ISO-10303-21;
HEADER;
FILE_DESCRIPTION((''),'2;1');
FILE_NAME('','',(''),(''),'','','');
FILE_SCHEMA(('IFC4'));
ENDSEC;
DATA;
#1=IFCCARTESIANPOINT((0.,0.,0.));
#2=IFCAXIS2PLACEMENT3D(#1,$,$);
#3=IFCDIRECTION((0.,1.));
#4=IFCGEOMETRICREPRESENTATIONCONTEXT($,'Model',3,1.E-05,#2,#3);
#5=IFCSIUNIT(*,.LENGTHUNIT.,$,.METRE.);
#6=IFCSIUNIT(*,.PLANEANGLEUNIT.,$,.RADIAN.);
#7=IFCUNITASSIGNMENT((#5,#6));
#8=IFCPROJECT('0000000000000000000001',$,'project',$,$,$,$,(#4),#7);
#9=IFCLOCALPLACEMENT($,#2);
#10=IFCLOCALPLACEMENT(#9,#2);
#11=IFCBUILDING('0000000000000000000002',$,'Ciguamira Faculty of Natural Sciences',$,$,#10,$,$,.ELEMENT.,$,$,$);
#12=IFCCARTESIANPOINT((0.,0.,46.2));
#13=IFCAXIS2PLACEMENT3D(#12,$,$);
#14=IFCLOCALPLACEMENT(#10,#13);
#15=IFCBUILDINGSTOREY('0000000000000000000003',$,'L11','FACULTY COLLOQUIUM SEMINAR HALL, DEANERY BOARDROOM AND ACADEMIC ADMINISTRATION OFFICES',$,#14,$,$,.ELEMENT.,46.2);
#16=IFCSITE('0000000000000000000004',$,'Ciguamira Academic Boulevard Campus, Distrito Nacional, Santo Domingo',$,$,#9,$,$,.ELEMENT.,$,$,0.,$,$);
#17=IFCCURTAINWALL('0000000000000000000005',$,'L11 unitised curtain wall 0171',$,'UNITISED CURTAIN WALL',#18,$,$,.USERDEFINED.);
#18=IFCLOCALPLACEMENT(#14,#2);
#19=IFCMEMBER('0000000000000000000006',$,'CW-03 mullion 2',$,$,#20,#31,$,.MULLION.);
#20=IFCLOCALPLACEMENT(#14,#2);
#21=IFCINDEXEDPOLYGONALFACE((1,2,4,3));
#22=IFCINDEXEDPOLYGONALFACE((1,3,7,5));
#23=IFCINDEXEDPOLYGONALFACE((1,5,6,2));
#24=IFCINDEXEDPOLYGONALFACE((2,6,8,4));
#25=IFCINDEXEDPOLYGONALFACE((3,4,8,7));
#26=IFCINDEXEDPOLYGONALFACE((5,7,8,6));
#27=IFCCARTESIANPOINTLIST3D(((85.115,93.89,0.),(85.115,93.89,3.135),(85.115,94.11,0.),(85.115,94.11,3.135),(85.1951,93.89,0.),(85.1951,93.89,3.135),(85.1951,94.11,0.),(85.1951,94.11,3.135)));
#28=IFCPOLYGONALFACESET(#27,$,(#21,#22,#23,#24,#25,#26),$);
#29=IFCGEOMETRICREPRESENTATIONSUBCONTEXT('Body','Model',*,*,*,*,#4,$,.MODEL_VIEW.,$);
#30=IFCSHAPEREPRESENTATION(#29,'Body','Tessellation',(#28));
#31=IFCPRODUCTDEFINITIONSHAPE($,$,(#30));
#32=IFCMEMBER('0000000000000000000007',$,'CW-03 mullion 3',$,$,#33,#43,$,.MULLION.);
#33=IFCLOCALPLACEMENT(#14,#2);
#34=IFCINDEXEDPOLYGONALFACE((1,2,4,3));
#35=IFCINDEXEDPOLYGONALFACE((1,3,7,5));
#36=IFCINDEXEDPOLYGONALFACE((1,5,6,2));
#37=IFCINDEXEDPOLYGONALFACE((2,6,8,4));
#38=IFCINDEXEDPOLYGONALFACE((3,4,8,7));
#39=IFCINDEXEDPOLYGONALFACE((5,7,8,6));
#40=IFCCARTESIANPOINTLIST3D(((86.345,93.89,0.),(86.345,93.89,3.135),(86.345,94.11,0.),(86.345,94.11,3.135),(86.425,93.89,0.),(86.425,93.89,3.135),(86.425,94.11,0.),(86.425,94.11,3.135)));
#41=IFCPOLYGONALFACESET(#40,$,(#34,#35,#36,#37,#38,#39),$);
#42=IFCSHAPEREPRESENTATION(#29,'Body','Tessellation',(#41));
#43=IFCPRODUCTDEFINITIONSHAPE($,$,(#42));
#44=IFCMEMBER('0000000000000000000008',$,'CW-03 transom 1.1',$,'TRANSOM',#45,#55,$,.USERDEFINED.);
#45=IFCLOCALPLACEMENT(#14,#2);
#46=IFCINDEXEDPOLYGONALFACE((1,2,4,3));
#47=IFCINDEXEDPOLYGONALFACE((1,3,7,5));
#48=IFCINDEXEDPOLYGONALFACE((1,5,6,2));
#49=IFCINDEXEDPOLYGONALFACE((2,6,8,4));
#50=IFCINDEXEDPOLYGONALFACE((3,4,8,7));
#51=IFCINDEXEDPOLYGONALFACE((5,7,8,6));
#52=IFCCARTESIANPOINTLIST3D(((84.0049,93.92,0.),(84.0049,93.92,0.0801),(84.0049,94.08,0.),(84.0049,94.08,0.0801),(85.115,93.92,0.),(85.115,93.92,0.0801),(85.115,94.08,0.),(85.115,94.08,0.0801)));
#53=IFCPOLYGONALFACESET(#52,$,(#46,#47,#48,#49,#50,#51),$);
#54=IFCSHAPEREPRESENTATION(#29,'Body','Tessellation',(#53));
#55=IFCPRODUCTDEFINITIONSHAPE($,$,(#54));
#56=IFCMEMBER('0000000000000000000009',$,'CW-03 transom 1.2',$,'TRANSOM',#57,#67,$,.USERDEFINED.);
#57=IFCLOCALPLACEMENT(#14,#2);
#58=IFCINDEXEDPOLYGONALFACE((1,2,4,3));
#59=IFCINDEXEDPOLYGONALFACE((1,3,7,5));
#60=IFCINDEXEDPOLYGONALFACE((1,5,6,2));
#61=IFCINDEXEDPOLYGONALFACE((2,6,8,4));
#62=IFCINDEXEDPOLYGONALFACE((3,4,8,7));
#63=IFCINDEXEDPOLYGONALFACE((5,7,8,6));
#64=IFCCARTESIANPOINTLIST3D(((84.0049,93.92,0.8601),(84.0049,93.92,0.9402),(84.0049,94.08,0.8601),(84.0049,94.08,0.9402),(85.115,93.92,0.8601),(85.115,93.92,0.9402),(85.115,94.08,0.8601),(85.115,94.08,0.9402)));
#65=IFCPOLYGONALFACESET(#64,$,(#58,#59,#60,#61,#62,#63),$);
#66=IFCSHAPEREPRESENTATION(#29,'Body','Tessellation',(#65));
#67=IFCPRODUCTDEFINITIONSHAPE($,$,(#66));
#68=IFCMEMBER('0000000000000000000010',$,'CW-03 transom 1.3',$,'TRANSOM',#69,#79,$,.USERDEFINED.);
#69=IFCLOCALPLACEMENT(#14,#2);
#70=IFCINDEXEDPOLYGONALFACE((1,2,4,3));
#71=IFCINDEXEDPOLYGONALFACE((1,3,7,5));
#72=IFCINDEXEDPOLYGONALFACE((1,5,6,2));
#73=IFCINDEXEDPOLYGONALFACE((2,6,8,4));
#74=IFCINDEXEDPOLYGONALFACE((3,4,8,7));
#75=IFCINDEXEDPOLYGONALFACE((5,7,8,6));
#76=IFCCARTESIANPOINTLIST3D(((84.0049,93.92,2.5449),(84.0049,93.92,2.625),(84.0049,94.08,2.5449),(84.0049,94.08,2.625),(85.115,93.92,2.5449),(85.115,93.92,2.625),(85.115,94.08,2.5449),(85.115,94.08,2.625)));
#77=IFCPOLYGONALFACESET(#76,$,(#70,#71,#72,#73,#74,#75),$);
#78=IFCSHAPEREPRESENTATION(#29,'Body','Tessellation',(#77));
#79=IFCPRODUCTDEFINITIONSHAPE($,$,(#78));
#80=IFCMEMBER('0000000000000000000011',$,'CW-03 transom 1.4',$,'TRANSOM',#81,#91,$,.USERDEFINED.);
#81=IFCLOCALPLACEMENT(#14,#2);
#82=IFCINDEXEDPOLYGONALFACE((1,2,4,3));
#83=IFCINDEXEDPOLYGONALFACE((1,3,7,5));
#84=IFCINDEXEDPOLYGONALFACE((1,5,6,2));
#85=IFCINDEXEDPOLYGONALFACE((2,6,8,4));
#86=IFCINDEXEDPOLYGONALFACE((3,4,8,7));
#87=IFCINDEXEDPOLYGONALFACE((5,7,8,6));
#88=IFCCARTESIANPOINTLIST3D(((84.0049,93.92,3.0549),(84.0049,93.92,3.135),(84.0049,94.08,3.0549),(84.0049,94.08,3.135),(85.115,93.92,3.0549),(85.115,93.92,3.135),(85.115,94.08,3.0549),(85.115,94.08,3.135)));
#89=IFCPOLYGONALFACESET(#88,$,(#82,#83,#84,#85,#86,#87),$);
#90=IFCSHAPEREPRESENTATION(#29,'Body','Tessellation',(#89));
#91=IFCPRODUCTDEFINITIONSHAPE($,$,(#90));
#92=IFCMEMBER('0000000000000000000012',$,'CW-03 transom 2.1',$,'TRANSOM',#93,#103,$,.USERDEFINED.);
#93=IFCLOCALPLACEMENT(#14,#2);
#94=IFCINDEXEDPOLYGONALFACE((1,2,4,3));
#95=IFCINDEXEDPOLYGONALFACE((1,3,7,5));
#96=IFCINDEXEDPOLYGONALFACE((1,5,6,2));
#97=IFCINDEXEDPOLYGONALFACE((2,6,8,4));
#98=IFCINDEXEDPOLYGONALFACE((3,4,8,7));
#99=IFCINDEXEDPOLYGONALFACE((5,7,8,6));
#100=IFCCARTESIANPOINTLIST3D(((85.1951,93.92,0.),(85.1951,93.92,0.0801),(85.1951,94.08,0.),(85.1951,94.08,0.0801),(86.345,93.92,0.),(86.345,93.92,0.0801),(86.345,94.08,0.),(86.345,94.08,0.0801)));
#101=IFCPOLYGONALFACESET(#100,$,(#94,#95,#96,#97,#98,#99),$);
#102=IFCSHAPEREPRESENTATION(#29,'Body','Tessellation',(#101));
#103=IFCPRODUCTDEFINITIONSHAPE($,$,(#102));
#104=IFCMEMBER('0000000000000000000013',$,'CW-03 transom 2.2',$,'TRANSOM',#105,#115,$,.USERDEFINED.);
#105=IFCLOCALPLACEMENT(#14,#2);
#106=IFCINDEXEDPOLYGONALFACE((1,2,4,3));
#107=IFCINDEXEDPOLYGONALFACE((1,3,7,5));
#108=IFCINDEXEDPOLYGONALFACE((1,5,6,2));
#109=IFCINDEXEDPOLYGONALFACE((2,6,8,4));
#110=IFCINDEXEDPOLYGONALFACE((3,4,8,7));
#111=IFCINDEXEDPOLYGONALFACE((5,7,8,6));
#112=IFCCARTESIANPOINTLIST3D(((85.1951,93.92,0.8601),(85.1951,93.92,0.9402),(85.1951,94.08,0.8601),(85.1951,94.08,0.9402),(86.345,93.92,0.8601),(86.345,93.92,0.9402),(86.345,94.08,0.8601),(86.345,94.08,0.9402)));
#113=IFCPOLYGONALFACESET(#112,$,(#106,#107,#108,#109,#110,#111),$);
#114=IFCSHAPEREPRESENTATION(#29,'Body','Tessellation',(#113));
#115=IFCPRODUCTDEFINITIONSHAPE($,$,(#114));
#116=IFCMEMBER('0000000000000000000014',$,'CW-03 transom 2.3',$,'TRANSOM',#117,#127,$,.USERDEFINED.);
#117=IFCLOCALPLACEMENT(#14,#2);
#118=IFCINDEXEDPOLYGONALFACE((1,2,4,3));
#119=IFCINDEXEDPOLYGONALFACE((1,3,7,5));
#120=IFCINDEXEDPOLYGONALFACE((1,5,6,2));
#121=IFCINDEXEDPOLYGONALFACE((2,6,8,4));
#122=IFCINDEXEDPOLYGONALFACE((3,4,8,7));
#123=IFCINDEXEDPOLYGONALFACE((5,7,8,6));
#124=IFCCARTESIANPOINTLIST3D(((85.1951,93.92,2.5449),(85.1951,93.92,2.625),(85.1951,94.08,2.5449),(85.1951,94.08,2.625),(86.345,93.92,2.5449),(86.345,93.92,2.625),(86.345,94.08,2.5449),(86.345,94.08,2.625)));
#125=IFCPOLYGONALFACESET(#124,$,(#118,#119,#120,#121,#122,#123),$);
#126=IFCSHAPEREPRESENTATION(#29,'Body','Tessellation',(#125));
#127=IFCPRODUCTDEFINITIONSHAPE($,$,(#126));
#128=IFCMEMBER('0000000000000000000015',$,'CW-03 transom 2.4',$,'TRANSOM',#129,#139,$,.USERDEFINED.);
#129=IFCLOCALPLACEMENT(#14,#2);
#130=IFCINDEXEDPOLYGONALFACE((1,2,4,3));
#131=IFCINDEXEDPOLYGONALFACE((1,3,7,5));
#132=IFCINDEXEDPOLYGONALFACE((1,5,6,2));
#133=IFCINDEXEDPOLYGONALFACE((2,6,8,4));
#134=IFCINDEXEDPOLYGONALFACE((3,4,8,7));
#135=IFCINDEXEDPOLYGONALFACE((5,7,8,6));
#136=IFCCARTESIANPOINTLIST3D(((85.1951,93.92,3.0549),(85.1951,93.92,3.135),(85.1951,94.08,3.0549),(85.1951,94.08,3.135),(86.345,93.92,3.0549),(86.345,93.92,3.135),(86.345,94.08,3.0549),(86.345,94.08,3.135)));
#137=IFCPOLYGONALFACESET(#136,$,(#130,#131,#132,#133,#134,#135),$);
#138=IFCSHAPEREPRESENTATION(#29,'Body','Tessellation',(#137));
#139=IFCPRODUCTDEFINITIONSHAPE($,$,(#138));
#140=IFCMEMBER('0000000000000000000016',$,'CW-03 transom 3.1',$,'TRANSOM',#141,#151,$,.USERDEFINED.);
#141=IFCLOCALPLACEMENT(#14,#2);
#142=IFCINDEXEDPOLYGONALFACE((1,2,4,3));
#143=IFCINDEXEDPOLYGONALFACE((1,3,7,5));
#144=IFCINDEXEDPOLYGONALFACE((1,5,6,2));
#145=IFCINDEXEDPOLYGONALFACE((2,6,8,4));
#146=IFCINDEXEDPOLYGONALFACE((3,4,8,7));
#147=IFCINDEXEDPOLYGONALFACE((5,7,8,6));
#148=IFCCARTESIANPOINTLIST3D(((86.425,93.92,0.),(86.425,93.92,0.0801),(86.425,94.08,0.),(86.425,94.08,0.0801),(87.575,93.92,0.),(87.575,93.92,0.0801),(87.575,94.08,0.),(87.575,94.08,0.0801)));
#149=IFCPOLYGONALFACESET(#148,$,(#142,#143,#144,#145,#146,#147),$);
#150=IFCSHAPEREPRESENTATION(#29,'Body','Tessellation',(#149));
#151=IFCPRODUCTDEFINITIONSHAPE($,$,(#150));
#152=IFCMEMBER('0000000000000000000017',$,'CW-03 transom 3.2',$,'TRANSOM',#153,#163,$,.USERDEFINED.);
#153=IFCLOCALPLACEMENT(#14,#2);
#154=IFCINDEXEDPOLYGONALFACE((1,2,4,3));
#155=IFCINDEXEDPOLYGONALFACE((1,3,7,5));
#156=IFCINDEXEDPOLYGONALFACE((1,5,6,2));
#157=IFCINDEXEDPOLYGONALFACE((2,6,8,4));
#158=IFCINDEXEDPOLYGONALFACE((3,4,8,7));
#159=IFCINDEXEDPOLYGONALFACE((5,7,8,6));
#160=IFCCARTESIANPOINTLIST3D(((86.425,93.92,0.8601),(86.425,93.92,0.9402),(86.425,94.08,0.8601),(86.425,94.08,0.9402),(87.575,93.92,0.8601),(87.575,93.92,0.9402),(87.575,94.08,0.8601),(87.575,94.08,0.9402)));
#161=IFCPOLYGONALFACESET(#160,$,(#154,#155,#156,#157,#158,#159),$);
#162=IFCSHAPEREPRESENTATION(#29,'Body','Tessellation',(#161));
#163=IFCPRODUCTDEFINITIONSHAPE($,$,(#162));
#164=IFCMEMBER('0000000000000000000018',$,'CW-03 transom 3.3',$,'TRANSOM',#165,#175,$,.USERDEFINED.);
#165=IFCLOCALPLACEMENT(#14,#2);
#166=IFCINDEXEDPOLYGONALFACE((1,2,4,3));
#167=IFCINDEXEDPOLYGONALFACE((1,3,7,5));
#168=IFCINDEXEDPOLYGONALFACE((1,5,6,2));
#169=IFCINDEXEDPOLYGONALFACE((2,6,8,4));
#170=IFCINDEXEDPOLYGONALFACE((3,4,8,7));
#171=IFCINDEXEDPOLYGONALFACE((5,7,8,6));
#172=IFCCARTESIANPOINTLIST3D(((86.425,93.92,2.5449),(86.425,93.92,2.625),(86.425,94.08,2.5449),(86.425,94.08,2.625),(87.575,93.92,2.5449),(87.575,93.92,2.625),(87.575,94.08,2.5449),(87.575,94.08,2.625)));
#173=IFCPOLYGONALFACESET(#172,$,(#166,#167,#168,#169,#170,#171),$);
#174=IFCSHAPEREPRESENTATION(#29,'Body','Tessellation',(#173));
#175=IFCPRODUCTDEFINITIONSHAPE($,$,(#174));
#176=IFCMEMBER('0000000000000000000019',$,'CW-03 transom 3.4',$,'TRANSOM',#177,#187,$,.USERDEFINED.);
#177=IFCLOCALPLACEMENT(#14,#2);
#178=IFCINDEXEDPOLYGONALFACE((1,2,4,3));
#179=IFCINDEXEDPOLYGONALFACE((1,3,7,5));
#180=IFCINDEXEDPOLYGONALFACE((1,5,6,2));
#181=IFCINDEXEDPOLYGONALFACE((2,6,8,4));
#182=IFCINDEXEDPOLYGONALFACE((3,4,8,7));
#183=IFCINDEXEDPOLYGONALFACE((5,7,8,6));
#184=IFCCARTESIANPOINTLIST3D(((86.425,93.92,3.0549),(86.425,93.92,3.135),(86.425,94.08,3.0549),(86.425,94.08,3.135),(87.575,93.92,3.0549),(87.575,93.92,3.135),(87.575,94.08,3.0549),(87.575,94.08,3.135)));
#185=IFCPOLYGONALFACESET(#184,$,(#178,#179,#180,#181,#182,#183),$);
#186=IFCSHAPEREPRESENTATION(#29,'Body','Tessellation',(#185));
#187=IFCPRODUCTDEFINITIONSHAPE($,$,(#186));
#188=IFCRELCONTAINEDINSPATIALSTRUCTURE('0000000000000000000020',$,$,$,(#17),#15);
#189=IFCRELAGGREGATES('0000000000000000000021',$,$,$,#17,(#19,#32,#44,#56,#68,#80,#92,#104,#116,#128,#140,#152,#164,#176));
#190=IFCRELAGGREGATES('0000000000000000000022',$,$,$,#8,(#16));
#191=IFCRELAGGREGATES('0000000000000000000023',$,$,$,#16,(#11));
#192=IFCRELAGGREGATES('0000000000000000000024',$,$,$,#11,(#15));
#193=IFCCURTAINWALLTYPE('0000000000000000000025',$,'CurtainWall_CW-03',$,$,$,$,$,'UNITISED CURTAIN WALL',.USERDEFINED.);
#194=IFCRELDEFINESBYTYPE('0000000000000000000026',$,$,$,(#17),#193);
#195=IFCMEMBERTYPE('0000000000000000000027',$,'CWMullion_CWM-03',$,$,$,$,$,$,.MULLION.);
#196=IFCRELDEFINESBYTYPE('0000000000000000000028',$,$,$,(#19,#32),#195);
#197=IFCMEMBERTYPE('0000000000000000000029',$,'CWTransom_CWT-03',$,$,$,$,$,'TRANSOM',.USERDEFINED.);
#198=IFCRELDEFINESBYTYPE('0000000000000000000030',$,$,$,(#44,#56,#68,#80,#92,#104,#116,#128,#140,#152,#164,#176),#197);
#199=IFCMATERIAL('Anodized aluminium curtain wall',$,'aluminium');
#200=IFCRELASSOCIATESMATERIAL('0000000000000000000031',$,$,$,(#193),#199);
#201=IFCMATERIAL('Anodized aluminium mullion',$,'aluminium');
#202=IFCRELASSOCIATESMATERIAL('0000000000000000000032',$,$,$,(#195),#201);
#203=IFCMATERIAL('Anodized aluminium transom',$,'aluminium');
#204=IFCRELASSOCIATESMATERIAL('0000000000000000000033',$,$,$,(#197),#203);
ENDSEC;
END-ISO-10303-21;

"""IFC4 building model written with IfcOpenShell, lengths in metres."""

from ifc_helpers import new_model, si_unit, direction, frame, origin, origin_2d, place, context, subcontext, project, spatial, rectangle, extrude, material, material_profile, profile_set, type_object, element, aggregate, save


model = new_model("IFC4")

# Units and contexts
model_context = context("Model", 3, precision=1e-05, world=origin(), true_north=direction((0.0, 1.0)))
body_context = subcontext(model_context, "Body", "Model", "MODEL_VIEW")
ifc_project = project(units=[si_unit("LENGTHUNIT", "METRE"), si_unit("PLANEANGLEUNIT", "RADIAN")], contexts=[model_context])

# Site, building, storey
site_placement = place(None, origin())
site = spatial("IfcSite", under=ifc_project, at=site_placement, Name="Ciguamira Academic Boulevard Campus, Distrito Nacional, Santo Domingo", CompositionType="ELEMENT", RefElevation=0.0)
building_placement = place(site_placement, origin())
building = spatial("IfcBuilding", under=site, at=building_placement, Name="Ciguamira Faculty of Natural Sciences", CompositionType="ELEMENT")
storey_placement = place(building_placement, frame((0.0, 0.0, 46.2)))
storey = spatial("IfcBuildingStorey", under=building, at=storey_placement, Name="L11", Description="FACULTY COLLOQUIUM SEMINAR HALL, DEANERY BOARDROOM AND ACADEMIC ADMINISTRATION OFFICES", CompositionType="ELEMENT", Elevation=46.2)

# Curtain wall, members
ifc_material_1 = material(Name="Anodized aluminium curtain wall", Category="aluminium")
curtain_wall_type = type_object("IfcCurtainWallType", Name="CurtainWall_CW-03", ElementType="UNITISED CURTAIN WALL", PredefinedType="USERDEFINED", material=ifc_material_1)
curtain_wall_placement = place(storey_placement, origin())
curtain_wall = element("IfcCurtainWall", 1, at=curtain_wall_placement, inside=storey, type_object=curtain_wall_type, Name="L11 unitised curtain wall 0171", ObjectType="UNITISED CURTAIN WALL", PredefinedType="USERDEFINED")
ifc_material_2 = material(Name="Anodized aluminium mullion", Category="aluminium")
ifc_material_profile_1 = material_profile(ifc_material_2, rectangle(XDim=0.0801, YDim=0.22, at=origin_2d()), Name="ALU-MUL-80X220")
ifc_profile_set_1 = profile_set([ifc_material_profile_1], Name="Anodized aluminium mullion")
member_type_1 = type_object("IfcMemberType", Name="CWMullion_CWM-03", PredefinedType="MULLION", material=ifc_profile_set_1)
member_1_placement = place(storey_placement, frame((85.155, 94.0, 0.0), z_axis=(0.0, 0.0, 1.0), x_axis=(1.0, 0.0, 0.0)))
member_1 = element("IfcMember", 2, at=member_1_placement, type_object=member_type_1, Name="CW-03 mullion 2", PredefinedType="MULLION", context=body_context, shape_type="SweptSolid", body=[
    extrude(rectangle(XDim=0.0801, YDim=0.22, at=origin_2d()), origin(), (0.0, 0.0, 1.0), 3.135),
])
member_2_placement = place(storey_placement, frame((86.385, 94.0, 0.0), z_axis=(0.0, 0.0, 1.0), x_axis=(1.0, 0.0, 0.0)))
member_2 = element("IfcMember", 3, at=member_2_placement, type_object=member_type_1, Name="CW-03 mullion 3", PredefinedType="MULLION", context=body_context, shape_type="SweptSolid", body=[
    extrude(rectangle(XDim=0.0801, YDim=0.22, at=origin_2d()), origin(), (0.0, 0.0, 1.0), 3.135),
])
ifc_material_3 = material(Name="Anodized aluminium transom", Category="aluminium")
ifc_material_profile_2 = material_profile(ifc_material_3, rectangle(XDim=0.0801, YDim=0.1599, at=origin_2d()), Name="ALU-TRN-80X160")
ifc_profile_set_2 = profile_set([ifc_material_profile_2], Name="Anodized aluminium transom")
member_type_2 = type_object("IfcMemberType", Name="CWTransom_CWT-03", ElementType="TRANSOM", PredefinedType="USERDEFINED", material=ifc_profile_set_2)
member_3_placement = place(storey_placement, frame((84.0049, 94.0, 0.04), z_axis=(1.0, 0.0, 0.0), x_axis=(0.0, 0.0, 1.0)))
member_3 = element("IfcMember", 4, at=member_3_placement, type_object=member_type_2, Name="CW-03 transom 1.1", ObjectType="TRANSOM", PredefinedType="USERDEFINED", context=body_context, shape_type="SweptSolid", body=[
    extrude(rectangle(XDim=0.0801, YDim=0.1599, at=origin_2d()), origin(), (0.0, 0.0, 1.0), 1.1101),
])
member_4_placement = place(storey_placement, frame((84.0049, 94.0, 0.9001), z_axis=(1.0, 0.0, 0.0), x_axis=(0.0, 0.0, 1.0)))
member_4 = element("IfcMember", 5, at=member_4_placement, type_object=member_type_2, Name="CW-03 transom 1.2", ObjectType="TRANSOM", PredefinedType="USERDEFINED", context=body_context, shape_type="SweptSolid", body=[
    extrude(rectangle(XDim=0.0801, YDim=0.1599, at=origin_2d()), origin(), (0.0, 0.0, 1.0), 1.1101),
])
member_5_placement = place(storey_placement, frame((84.0049, 94.0, 2.585), z_axis=(1.0, 0.0, 0.0), x_axis=(0.0, 0.0, 1.0)))
member_5 = element("IfcMember", 6, at=member_5_placement, type_object=member_type_2, Name="CW-03 transom 1.3", ObjectType="TRANSOM", PredefinedType="USERDEFINED", context=body_context, shape_type="SweptSolid", body=[
    extrude(rectangle(XDim=0.0801, YDim=0.1599, at=origin_2d()), origin(), (0.0, 0.0, 1.0), 1.1101),
])
member_6_placement = place(storey_placement, frame((84.0049, 94.0, 3.095), z_axis=(1.0, 0.0, 0.0), x_axis=(0.0, 0.0, 1.0)))
member_6 = element("IfcMember", 7, at=member_6_placement, type_object=member_type_2, Name="CW-03 transom 1.4", ObjectType="TRANSOM", PredefinedType="USERDEFINED", context=body_context, shape_type="SweptSolid", body=[
    extrude(rectangle(XDim=0.0801, YDim=0.1599, at=origin_2d()), origin(), (0.0, 0.0, 1.0), 1.1101),
])
member_7_placement = place(storey_placement, frame((85.1951, 94.0, 0.04), z_axis=(1.0, 0.0, 0.0), x_axis=(0.0, 0.0, 1.0)))
member_7 = element("IfcMember", 8, at=member_7_placement, type_object=member_type_2, Name="CW-03 transom 2.1", ObjectType="TRANSOM", PredefinedType="USERDEFINED", context=body_context, shape_type="SweptSolid", body=[
    extrude(rectangle(XDim=0.0801, YDim=0.1599, at=origin_2d()), origin(), (0.0, 0.0, 1.0), 1.1499),
])
member_8_placement = place(storey_placement, frame((85.1951, 94.0, 0.9001), z_axis=(1.0, 0.0, 0.0), x_axis=(0.0, 0.0, 1.0)))
member_8 = element("IfcMember", 9, at=member_8_placement, type_object=member_type_2, Name="CW-03 transom 2.2", ObjectType="TRANSOM", PredefinedType="USERDEFINED", context=body_context, shape_type="SweptSolid", body=[
    extrude(rectangle(XDim=0.0801, YDim=0.1599, at=origin_2d()), origin(), (0.0, 0.0, 1.0), 1.1499),
])
member_9_placement = place(storey_placement, frame((85.1951, 94.0, 2.585), z_axis=(1.0, 0.0, 0.0), x_axis=(0.0, 0.0, 1.0)))
member_9 = element("IfcMember", 10, at=member_9_placement, type_object=member_type_2, Name="CW-03 transom 2.3", ObjectType="TRANSOM", PredefinedType="USERDEFINED", context=body_context, shape_type="SweptSolid", body=[
    extrude(rectangle(XDim=0.0801, YDim=0.1599, at=origin_2d()), origin(), (0.0, 0.0, 1.0), 1.1499),
])
member_10_placement = place(storey_placement, frame((85.1951, 94.0, 3.095), z_axis=(1.0, 0.0, 0.0), x_axis=(0.0, 0.0, 1.0)))
member_10 = element("IfcMember", 11, at=member_10_placement, type_object=member_type_2, Name="CW-03 transom 2.4", ObjectType="TRANSOM", PredefinedType="USERDEFINED", context=body_context, shape_type="SweptSolid", body=[
    extrude(rectangle(XDim=0.0801, YDim=0.1599, at=origin_2d()), origin(), (0.0, 0.0, 1.0), 1.1499),
])
member_11_placement = place(storey_placement, frame((86.425, 94.0, 0.04), z_axis=(1.0, 0.0, 0.0), x_axis=(0.0, 0.0, 1.0)))
member_11 = element("IfcMember", 12, at=member_11_placement, type_object=member_type_2, Name="CW-03 transom 3.1", ObjectType="TRANSOM", PredefinedType="USERDEFINED", context=body_context, shape_type="SweptSolid", body=[
    extrude(rectangle(XDim=0.0801, YDim=0.1599, at=origin_2d()), origin(), (0.0, 0.0, 1.0), 1.1499),
])
member_12_placement = place(storey_placement, frame((86.425, 94.0, 0.9001), z_axis=(1.0, 0.0, 0.0), x_axis=(0.0, 0.0, 1.0)))
member_12 = element("IfcMember", 13, at=member_12_placement, type_object=member_type_2, Name="CW-03 transom 3.2", ObjectType="TRANSOM", PredefinedType="USERDEFINED", context=body_context, shape_type="SweptSolid", body=[
    extrude(rectangle(XDim=0.0801, YDim=0.1599, at=origin_2d()), origin(), (0.0, 0.0, 1.0), 1.1499),
])
member_13_placement = place(storey_placement, frame((86.425, 94.0, 2.585), z_axis=(1.0, 0.0, 0.0), x_axis=(0.0, 0.0, 1.0)))
member_13 = element("IfcMember", 14, at=member_13_placement, type_object=member_type_2, Name="CW-03 transom 3.3", ObjectType="TRANSOM", PredefinedType="USERDEFINED", context=body_context, shape_type="SweptSolid", body=[
    extrude(rectangle(XDim=0.0801, YDim=0.1599, at=origin_2d()), origin(), (0.0, 0.0, 1.0), 1.1499),
])
member_14_placement = place(storey_placement, frame((86.425, 94.0, 3.095), z_axis=(1.0, 0.0, 0.0), x_axis=(0.0, 0.0, 1.0)))
member_14 = element("IfcMember", 15, at=member_14_placement, type_object=member_type_2, Name="CW-03 transom 3.4", ObjectType="TRANSOM", PredefinedType="USERDEFINED", context=body_context, shape_type="SweptSolid", body=[
    extrude(rectangle(XDim=0.0801, YDim=0.1599, at=origin_2d()), origin(), (0.0, 0.0, 1.0), 1.1499),
])
aggregate(curtain_wall, [member_1, member_2, member_3, member_4, member_5, member_6, member_7, member_8, member_9, member_10, member_11, member_12, member_13, member_14])

save(model, "model.ifc")
